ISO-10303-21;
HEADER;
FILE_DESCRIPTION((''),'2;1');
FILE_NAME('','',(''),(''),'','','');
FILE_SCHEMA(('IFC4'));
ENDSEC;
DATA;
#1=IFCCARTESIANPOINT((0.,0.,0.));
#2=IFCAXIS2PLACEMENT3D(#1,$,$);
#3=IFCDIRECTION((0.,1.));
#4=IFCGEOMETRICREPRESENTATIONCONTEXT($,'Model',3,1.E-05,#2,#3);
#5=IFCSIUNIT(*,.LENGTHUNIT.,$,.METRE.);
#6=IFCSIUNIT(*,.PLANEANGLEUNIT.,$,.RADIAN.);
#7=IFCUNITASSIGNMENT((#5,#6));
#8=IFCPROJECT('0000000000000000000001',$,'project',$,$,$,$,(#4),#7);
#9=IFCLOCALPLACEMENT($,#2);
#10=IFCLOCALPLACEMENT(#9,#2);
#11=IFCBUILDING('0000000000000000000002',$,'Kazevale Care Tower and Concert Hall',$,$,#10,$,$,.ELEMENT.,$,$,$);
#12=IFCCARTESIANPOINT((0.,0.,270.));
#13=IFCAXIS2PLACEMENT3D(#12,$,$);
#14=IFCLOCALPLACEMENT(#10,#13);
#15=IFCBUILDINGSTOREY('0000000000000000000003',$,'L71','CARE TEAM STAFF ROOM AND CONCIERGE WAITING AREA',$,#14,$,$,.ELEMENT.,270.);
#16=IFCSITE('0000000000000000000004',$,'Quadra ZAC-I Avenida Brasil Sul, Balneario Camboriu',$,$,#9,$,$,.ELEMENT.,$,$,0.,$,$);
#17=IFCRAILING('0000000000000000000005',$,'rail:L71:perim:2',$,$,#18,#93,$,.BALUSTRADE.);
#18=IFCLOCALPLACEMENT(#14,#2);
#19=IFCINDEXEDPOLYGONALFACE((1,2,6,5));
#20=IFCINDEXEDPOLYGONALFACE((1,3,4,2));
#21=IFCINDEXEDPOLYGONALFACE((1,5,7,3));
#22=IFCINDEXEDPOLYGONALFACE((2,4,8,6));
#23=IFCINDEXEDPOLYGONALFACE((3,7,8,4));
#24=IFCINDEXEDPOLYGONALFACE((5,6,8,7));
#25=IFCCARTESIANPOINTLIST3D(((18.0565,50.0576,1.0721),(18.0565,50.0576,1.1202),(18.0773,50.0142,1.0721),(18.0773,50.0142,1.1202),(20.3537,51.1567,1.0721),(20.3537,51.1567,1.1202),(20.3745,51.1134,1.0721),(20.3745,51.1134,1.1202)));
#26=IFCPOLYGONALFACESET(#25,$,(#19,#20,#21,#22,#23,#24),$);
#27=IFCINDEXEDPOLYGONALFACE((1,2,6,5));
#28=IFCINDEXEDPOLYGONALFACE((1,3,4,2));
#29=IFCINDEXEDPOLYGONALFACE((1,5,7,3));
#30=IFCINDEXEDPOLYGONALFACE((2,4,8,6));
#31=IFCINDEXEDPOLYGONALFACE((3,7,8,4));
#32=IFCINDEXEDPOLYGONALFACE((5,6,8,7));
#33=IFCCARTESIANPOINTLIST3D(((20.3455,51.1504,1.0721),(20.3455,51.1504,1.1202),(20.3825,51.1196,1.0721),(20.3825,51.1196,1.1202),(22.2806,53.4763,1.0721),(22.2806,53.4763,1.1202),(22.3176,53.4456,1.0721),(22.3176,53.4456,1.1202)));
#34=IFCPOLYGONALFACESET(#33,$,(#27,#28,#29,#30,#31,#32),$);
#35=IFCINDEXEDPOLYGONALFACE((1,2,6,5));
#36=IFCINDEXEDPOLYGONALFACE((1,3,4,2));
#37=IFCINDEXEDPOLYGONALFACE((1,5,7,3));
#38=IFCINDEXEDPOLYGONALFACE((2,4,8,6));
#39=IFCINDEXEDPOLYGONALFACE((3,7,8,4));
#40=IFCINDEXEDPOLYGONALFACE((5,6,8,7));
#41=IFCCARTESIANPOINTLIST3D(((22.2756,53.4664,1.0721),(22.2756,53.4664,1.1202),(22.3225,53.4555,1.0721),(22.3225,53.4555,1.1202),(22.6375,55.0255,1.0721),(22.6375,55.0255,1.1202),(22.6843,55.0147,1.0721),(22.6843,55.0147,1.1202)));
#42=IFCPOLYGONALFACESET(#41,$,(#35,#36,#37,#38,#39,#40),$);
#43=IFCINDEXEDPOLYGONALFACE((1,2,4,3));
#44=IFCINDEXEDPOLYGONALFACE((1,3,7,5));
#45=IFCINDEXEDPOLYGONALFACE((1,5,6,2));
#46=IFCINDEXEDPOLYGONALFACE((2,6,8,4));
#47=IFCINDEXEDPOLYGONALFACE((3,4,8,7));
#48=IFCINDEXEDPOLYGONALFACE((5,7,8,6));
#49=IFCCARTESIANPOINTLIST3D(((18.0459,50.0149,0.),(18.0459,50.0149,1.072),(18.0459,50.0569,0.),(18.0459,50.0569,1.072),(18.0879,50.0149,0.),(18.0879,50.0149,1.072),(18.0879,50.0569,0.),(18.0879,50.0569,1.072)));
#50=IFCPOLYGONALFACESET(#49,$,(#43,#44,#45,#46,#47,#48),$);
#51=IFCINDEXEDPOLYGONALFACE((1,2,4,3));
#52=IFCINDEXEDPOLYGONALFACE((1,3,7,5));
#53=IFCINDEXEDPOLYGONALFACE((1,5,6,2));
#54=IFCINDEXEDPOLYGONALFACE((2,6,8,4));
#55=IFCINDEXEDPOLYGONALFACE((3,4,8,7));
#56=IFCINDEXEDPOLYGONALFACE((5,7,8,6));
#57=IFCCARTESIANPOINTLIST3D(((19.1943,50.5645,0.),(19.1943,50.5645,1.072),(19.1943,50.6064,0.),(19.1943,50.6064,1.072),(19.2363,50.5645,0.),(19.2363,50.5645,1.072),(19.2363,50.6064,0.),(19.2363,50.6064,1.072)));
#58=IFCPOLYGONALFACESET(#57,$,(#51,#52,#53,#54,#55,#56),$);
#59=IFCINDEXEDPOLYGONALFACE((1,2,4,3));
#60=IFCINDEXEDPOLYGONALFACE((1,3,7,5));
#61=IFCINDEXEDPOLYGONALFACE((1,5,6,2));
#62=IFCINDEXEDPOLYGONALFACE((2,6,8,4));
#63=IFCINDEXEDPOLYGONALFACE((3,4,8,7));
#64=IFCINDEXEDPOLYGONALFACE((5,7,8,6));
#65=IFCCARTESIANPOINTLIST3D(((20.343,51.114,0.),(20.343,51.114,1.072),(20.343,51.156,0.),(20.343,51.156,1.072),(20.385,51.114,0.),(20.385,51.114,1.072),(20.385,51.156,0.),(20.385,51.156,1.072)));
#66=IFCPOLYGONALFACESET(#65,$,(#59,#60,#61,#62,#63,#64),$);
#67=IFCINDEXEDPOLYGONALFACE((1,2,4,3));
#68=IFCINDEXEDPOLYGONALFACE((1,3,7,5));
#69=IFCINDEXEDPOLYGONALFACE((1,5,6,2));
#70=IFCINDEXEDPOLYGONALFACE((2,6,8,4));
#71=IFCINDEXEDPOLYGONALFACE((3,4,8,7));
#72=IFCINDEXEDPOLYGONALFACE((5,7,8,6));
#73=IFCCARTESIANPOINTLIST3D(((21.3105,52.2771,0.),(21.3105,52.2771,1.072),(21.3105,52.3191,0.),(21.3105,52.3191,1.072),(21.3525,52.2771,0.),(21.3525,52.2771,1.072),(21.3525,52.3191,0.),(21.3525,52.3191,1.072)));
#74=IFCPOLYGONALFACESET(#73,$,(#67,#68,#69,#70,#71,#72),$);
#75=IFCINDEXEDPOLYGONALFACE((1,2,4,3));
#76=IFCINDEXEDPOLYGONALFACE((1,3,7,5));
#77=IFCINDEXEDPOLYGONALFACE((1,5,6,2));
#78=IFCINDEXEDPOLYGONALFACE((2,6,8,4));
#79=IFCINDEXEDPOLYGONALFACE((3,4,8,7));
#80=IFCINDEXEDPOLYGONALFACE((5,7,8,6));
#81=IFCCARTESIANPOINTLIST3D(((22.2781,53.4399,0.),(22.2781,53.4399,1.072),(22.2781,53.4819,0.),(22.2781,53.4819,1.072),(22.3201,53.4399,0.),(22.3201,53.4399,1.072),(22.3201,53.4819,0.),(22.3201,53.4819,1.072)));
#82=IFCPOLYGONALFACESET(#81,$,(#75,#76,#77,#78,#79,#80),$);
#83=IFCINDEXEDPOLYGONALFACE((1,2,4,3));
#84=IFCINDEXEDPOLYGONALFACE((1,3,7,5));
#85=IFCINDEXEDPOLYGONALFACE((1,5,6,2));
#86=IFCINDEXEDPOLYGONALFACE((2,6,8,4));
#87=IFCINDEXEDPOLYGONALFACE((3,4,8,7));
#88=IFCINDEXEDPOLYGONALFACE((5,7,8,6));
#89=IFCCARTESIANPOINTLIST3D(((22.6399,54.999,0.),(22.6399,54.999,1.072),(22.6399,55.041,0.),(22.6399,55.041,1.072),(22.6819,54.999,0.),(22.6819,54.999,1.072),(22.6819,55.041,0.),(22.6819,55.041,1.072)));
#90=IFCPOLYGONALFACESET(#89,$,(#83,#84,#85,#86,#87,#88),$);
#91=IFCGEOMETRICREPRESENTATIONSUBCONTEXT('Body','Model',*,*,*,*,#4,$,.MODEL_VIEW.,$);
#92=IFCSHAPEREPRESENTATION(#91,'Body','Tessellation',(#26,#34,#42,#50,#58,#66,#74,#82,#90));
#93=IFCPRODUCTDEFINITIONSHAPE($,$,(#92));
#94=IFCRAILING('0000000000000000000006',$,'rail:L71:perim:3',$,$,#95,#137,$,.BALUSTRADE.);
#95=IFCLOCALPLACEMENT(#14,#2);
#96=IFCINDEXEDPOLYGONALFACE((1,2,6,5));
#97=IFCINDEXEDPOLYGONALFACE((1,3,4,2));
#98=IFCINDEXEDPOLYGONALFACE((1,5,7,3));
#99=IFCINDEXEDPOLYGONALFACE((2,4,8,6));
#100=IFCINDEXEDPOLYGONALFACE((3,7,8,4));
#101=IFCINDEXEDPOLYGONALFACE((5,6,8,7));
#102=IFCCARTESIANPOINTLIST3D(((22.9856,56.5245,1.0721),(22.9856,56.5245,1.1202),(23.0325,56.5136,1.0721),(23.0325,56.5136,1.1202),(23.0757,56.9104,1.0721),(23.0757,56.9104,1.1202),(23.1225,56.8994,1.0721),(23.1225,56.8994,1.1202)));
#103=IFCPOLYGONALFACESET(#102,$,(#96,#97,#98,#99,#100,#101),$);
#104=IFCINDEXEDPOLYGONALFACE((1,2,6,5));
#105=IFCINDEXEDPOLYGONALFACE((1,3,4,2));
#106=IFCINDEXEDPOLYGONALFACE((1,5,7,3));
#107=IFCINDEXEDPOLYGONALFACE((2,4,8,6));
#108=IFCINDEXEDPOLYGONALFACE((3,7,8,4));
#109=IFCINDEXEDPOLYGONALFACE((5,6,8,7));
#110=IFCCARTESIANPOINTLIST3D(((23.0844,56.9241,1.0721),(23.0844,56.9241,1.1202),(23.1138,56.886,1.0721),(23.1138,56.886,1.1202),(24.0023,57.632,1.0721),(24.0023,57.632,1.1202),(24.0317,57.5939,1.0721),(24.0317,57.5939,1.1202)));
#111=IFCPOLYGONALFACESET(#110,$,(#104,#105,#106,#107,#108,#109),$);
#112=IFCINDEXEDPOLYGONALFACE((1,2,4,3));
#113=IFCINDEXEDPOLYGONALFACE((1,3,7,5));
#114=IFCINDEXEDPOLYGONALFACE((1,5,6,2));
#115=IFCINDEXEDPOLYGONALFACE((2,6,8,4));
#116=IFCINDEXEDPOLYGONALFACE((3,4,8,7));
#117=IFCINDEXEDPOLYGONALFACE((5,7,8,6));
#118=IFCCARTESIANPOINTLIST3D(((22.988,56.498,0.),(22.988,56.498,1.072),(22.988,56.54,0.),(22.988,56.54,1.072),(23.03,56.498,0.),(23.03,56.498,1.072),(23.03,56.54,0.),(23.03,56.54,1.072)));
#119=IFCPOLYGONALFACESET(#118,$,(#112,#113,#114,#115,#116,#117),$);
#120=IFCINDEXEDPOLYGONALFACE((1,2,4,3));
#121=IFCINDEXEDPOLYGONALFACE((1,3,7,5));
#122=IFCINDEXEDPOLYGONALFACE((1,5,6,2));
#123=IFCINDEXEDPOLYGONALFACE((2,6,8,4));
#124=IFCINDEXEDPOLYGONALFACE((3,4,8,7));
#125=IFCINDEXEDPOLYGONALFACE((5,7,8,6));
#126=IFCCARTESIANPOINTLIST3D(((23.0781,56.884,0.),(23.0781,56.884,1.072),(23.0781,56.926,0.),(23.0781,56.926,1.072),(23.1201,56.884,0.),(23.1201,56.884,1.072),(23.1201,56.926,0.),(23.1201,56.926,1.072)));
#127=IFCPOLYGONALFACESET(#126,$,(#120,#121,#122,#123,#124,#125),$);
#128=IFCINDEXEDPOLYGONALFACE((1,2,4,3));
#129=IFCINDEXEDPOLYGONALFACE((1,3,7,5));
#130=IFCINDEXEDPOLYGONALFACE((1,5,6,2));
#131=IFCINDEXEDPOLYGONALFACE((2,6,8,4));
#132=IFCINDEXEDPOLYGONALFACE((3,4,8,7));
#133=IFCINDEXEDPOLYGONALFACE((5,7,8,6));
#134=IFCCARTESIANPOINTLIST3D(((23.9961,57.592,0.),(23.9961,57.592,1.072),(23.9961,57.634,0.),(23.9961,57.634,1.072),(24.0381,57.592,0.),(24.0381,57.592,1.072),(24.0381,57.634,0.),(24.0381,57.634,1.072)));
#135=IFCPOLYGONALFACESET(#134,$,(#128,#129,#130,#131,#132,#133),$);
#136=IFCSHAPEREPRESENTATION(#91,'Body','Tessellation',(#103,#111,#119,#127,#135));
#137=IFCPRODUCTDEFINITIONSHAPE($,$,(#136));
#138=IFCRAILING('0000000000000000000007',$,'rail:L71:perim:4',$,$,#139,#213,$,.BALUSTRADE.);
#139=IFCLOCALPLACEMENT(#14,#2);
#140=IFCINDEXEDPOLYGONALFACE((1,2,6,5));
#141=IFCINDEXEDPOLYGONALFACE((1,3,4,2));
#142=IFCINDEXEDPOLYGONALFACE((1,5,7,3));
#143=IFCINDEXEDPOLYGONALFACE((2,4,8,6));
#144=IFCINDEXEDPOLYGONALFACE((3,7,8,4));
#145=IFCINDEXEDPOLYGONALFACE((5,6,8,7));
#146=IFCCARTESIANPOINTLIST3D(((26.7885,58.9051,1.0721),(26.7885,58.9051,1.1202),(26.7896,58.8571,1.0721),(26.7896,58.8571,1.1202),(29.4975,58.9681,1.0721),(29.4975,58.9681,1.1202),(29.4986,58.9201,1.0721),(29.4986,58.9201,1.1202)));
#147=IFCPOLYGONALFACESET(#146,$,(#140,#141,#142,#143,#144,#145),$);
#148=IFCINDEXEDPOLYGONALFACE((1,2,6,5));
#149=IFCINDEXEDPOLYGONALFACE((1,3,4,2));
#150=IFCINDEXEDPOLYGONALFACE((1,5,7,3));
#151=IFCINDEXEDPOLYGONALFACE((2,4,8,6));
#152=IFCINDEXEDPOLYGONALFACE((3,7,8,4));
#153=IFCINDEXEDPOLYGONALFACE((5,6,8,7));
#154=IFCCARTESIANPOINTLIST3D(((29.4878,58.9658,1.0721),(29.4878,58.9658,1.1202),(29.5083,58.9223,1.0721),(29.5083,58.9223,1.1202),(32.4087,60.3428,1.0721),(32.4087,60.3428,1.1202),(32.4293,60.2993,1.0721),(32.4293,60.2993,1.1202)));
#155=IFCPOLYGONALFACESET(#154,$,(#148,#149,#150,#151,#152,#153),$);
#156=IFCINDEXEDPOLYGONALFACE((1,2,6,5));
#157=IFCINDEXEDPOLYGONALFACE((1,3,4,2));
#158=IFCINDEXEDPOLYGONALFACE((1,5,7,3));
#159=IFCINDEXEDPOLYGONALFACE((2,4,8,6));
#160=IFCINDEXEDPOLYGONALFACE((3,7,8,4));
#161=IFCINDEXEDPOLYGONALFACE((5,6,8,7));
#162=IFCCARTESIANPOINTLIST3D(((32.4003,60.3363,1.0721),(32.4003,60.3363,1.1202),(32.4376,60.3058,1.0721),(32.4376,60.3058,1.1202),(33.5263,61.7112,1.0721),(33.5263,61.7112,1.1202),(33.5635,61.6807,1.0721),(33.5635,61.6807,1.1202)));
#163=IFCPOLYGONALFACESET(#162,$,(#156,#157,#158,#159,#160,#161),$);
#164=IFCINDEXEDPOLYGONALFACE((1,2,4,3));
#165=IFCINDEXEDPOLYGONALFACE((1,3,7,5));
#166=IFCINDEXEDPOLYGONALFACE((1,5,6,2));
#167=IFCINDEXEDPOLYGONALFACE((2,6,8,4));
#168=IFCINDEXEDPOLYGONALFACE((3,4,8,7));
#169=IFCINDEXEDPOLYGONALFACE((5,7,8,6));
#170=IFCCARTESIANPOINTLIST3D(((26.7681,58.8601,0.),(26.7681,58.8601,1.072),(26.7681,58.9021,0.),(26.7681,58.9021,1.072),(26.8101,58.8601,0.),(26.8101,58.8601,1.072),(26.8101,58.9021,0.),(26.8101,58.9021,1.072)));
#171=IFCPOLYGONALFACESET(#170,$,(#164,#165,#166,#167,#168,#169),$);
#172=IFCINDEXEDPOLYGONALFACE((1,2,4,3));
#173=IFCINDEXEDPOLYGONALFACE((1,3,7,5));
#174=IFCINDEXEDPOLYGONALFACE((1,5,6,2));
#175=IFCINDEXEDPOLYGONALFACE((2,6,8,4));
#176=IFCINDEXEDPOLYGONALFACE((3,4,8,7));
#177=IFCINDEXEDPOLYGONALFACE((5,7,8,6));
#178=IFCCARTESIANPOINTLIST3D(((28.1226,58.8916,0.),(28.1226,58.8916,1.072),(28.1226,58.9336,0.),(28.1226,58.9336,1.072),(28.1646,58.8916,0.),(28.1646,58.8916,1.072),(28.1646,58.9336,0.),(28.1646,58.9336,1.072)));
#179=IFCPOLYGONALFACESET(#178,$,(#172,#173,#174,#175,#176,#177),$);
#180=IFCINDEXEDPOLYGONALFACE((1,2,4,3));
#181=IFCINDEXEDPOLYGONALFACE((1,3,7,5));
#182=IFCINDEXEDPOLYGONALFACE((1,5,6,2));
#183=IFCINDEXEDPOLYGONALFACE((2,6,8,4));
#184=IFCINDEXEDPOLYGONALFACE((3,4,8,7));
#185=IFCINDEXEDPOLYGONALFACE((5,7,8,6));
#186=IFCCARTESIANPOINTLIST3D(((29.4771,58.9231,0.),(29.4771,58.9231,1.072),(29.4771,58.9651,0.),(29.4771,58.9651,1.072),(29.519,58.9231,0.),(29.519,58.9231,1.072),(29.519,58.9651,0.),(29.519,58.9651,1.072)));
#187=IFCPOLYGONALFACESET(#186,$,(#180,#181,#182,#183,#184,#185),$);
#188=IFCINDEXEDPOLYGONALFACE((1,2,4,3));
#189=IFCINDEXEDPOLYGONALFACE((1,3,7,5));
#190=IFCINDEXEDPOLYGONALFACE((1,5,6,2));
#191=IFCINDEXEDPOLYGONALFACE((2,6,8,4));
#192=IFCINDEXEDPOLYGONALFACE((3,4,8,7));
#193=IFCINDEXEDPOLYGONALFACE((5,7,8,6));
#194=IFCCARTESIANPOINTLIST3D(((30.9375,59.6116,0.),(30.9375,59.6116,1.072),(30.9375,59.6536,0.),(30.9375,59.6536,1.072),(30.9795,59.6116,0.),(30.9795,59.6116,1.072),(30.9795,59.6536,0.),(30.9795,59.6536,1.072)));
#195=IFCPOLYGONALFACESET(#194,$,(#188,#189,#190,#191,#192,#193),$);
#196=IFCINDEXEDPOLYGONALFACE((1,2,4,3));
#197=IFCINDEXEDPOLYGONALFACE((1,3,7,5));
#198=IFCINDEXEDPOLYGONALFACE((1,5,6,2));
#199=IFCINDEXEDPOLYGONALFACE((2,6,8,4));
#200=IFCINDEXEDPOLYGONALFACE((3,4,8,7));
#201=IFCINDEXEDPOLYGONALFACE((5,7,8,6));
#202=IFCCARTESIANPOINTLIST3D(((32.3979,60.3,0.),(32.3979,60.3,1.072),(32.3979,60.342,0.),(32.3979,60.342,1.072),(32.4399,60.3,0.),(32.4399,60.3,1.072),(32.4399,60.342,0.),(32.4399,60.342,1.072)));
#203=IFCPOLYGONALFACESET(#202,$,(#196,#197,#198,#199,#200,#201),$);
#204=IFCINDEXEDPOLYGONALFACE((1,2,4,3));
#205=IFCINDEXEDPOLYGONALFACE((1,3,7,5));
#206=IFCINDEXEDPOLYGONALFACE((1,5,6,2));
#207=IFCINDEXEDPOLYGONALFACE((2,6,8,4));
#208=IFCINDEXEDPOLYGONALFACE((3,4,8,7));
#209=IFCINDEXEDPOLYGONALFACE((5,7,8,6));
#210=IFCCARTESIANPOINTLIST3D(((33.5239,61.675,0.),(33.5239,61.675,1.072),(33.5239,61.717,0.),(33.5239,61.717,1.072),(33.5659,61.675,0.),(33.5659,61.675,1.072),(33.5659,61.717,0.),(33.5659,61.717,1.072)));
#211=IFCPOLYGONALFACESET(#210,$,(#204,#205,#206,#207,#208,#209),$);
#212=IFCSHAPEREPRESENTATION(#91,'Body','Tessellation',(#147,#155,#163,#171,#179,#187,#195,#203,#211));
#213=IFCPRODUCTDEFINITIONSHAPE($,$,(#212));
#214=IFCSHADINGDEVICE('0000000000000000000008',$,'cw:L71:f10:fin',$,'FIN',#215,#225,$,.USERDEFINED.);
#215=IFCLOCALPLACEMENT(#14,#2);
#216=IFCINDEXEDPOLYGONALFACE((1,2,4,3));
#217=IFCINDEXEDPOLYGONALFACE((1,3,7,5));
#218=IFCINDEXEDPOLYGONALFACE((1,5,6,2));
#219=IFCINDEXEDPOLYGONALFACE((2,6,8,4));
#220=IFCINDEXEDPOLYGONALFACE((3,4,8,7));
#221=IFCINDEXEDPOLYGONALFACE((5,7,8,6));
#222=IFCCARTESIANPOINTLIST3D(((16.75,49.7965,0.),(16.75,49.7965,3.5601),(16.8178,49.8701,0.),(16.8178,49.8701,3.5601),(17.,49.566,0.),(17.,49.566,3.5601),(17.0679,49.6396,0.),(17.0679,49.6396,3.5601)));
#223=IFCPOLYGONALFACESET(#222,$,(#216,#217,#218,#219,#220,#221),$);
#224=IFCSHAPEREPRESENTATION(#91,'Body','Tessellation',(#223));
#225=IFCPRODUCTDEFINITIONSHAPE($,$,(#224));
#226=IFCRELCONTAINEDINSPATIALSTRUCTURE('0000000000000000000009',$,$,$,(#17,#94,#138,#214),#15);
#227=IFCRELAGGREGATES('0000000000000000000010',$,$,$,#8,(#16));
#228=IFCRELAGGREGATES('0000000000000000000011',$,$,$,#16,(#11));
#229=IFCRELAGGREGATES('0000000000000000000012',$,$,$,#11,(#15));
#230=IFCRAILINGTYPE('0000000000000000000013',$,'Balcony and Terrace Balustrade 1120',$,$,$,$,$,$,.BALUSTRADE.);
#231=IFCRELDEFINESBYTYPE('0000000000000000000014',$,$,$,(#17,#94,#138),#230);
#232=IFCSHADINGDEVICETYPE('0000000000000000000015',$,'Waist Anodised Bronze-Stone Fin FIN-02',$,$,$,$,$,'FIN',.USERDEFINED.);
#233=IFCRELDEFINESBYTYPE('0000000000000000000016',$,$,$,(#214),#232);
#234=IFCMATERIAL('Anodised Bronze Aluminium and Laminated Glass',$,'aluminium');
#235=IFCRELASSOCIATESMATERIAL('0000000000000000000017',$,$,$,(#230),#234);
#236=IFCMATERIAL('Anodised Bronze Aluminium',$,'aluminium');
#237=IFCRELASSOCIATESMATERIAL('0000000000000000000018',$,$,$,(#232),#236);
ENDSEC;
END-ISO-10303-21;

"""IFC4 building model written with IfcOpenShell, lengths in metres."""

from ifc_helpers import new_model, si_unit, direction, frame, origin, origin_2d, place, context, subcontext, project, spatial, rectangle, extrude, material, type_object, element, save


model = new_model("IFC4")

# Units and contexts
model_context = context("Model", 3, precision=1e-05, world=origin(), true_north=direction((0.0, 1.0)))
body_context = subcontext(model_context, "Body", "Model", "MODEL_VIEW")
ifc_project = project(units=[si_unit("LENGTHUNIT", "METRE"), si_unit("PLANEANGLEUNIT", "RADIAN")], contexts=[model_context])

# Site, building, storey
site_placement = place(None, origin())
site = spatial("IfcSite", under=ifc_project, at=site_placement, Name="Quadra ZAC-I Avenida Brasil Sul, Balneario Camboriu", CompositionType="ELEMENT", RefElevation=0.0)
building_placement = place(site_placement, origin())
building = spatial("IfcBuilding", under=site, at=building_placement, Name="Kazevale Care Tower and Concert Hall", CompositionType="ELEMENT")
storey_placement = place(building_placement, frame((0.0, 0.0, 270.0)))
storey = spatial("IfcBuildingStorey", under=building, at=storey_placement, Name="L71", Description="CARE TEAM STAFF ROOM AND CONCIERGE WAITING AREA", CompositionType="ELEMENT", Elevation=270.0)

# Railings
ifc_material_1 = material(Name="Anodised Bronze Aluminium and Laminated Glass", Category="aluminium")
railing_type = type_object("IfcRailingType", Name="Balcony and Terrace Balustrade 1120", PredefinedType="BALUSTRADE", material=ifc_material_1)
railing_1_placement = place(storey_placement, frame((18.0669, 50.0359, 0.0)))
element("IfcRailing", 1, at=railing_1_placement, inside=storey, type_object=railing_type, Name="rail:L71:perim:2", PredefinedType="BALUSTRADE", context=body_context, shape_type="SweptSolid", body=[
    extrude(rectangle(XDim=0.0481, YDim=0.0481, at=origin_2d()), frame((0.0, 0.0, 1.0962), z_axis=(0.902058, 0.431615, 0.0), x_axis=(-0.431615, 0.902058, 0.0)), (0.0, 0.0, 1.0), 2.5466),
    extrude(rectangle(XDim=0.0481, YDim=0.0481, at=origin_2d()), frame((2.2971, 1.0991, 1.0962), z_axis=(0.639557, 0.768744, 0.0), x_axis=(-0.768744, 0.639557, 0.0)), (0.0, 0.0, 1.0), 3.0256),
    extrude(rectangle(XDim=0.0481, YDim=0.0481, at=origin_2d()), frame((4.2322, 3.425, 1.0962), z_axis=(0.226063, 0.974113, 0.0), x_axis=(-0.974113, 0.226063, 0.0)), (0.0, 0.0, 1.0), 1.6006),
    extrude(rectangle(XDim=0.042, YDim=0.042, at=origin_2d()), origin(), (0.0, 0.0, 1.0), 1.072),
    extrude(rectangle(XDim=0.042, YDim=0.042, at=origin_2d()), frame((1.1484, 0.5496, 0.0)), (0.0, 0.0, 1.0), 1.072),
    extrude(rectangle(XDim=0.042, YDim=0.042, at=origin_2d()), frame((2.2971, 1.0991, 0.0)), (0.0, 0.0, 1.0), 1.072),
    extrude(rectangle(XDim=0.042, YDim=0.042, at=origin_2d()), frame((3.2646, 2.2622, 0.0)), (0.0, 0.0, 1.0), 1.072),
    extrude(rectangle(XDim=0.042, YDim=0.042, at=origin_2d()), frame((4.2322, 3.425, 0.0)), (0.0, 0.0, 1.0), 1.072),
    extrude(rectangle(XDim=0.042, YDim=0.042, at=origin_2d()), frame((4.594, 4.9841, 0.0)), (0.0, 0.0, 1.0), 1.072),
])
railing_2_placement = place(storey_placement, frame((23.009, 56.519, 0.0)))
element("IfcRailing", 2, at=railing_2_placement, inside=storey, type_object=railing_type, Name="rail:L71:perim:3", PredefinedType="BALUSTRADE", context=body_context, shape_type="SweptSolid", body=[
    extrude(rectangle(XDim=0.0481, YDim=0.0481, at=origin_2d()), frame((0.0, 0.0, 1.0962), z_axis=(0.227288, 0.973828, 0.0), x_axis=(-0.973828, 0.227288, 0.0)), (0.0, 0.0, 1.0), 0.3962),
    extrude(rectangle(XDim=0.0481, YDim=0.0481, at=origin_2d()), frame((0.0901, 0.386, 1.0962), z_axis=(0.79184, 0.610728, 0.0), x_axis=(-0.610728, 0.79184, 0.0)), (0.0, 0.0, 1.0), 1.1592),
    extrude(rectangle(XDim=0.042, YDim=0.042, at=origin_2d()), origin(), (0.0, 0.0, 1.0), 1.072),
    extrude(rectangle(XDim=0.042, YDim=0.042, at=origin_2d()), frame((0.0901, 0.386, 0.0)), (0.0, 0.0, 1.0), 1.072),
    extrude(rectangle(XDim=0.042, YDim=0.042, at=origin_2d()), frame((1.0081, 1.094, 0.0)), (0.0, 0.0, 1.0), 1.072),
])
railing_3_placement = place(storey_placement, frame((26.7891, 58.8811, 0.0)))
element("IfcRailing", 3, at=railing_3_placement, inside=storey, type_object=railing_type, Name="rail:L71:perim:4", PredefinedType="BALUSTRADE", context=body_context, shape_type="SweptSolid", body=[
    extrude(rectangle(XDim=0.0481, YDim=0.0481, at=origin_2d()), frame((0.0, 0.0, 1.0962), z_axis=(0.99973, 0.023245, 0.0), x_axis=(-0.023245, 0.99973, 0.0)), (0.0, 0.0, 1.0), 2.7097),
    extrude(rectangle(XDim=0.0481, YDim=0.0481, at=origin_2d()), frame((2.709, 0.063, 1.0962), z_axis=(0.904531, 0.426409, 0.0), x_axis=(-0.426409, 0.904531, 0.0)), (0.0, 0.0, 1.0), 3.2292),
    extrude(rectangle(XDim=0.0481, YDim=0.0481, at=origin_2d()), frame((5.6299, 1.4399, 1.0962), z_axis=(0.633567, 0.773688, 0.0), x_axis=(-0.773688, 0.633567, 0.0)), (0.0, 0.0, 1.0), 1.7771),
    extrude(rectangle(XDim=0.042, YDim=0.042, at=origin_2d()), origin(), (0.0, 0.0, 1.0), 1.072),
    extrude(rectangle(XDim=0.042, YDim=0.042, at=origin_2d()), frame((1.3545, 0.0315, 0.0)), (0.0, 0.0, 1.0), 1.072),
    extrude(rectangle(XDim=0.042, YDim=0.042, at=origin_2d()), frame((2.709, 0.063, 0.0)), (0.0, 0.0, 1.0), 1.072),
    extrude(rectangle(XDim=0.042, YDim=0.042, at=origin_2d()), frame((4.1694, 0.7515, 0.0)), (0.0, 0.0, 1.0), 1.072),
    extrude(rectangle(XDim=0.042, YDim=0.042, at=origin_2d()), frame((5.6299, 1.4399, 0.0)), (0.0, 0.0, 1.0), 1.072),
    extrude(rectangle(XDim=0.042, YDim=0.042, at=origin_2d()), frame((6.7559, 2.8149, 0.0)), (0.0, 0.0, 1.0), 1.072),
])

# Shading device
ifc_material_2 = material(Name="Anodised Bronze Aluminium", Category="aluminium")
shading_device_type = type_object("IfcShadingDeviceType", Name="Waist Anodised Bronze-Stone Fin FIN-02", ElementType="FIN", PredefinedType="USERDEFINED", material=ifc_material_2)
shading_device_placement = place(storey_placement, frame((16.9089, 49.718, 0.0), z_axis=(0.0, 0.0, 1.0), x_axis=(-0.73527, 0.677775, 0.0)))
element("IfcShadingDevice", 4, at=shading_device_placement, inside=storey, type_object=shading_device_type, Name="cw:L71:f10:fin", ObjectType="FIN", PredefinedType="USERDEFINED", context=body_context, shape_type="SweptSolid", body=[
    extrude(rectangle(XDim=0.3401, YDim=0.1001, at=origin_2d()), origin(), (0.0, 0.0, 1.0), 3.5601),
])

save(model, "model.ifc")
